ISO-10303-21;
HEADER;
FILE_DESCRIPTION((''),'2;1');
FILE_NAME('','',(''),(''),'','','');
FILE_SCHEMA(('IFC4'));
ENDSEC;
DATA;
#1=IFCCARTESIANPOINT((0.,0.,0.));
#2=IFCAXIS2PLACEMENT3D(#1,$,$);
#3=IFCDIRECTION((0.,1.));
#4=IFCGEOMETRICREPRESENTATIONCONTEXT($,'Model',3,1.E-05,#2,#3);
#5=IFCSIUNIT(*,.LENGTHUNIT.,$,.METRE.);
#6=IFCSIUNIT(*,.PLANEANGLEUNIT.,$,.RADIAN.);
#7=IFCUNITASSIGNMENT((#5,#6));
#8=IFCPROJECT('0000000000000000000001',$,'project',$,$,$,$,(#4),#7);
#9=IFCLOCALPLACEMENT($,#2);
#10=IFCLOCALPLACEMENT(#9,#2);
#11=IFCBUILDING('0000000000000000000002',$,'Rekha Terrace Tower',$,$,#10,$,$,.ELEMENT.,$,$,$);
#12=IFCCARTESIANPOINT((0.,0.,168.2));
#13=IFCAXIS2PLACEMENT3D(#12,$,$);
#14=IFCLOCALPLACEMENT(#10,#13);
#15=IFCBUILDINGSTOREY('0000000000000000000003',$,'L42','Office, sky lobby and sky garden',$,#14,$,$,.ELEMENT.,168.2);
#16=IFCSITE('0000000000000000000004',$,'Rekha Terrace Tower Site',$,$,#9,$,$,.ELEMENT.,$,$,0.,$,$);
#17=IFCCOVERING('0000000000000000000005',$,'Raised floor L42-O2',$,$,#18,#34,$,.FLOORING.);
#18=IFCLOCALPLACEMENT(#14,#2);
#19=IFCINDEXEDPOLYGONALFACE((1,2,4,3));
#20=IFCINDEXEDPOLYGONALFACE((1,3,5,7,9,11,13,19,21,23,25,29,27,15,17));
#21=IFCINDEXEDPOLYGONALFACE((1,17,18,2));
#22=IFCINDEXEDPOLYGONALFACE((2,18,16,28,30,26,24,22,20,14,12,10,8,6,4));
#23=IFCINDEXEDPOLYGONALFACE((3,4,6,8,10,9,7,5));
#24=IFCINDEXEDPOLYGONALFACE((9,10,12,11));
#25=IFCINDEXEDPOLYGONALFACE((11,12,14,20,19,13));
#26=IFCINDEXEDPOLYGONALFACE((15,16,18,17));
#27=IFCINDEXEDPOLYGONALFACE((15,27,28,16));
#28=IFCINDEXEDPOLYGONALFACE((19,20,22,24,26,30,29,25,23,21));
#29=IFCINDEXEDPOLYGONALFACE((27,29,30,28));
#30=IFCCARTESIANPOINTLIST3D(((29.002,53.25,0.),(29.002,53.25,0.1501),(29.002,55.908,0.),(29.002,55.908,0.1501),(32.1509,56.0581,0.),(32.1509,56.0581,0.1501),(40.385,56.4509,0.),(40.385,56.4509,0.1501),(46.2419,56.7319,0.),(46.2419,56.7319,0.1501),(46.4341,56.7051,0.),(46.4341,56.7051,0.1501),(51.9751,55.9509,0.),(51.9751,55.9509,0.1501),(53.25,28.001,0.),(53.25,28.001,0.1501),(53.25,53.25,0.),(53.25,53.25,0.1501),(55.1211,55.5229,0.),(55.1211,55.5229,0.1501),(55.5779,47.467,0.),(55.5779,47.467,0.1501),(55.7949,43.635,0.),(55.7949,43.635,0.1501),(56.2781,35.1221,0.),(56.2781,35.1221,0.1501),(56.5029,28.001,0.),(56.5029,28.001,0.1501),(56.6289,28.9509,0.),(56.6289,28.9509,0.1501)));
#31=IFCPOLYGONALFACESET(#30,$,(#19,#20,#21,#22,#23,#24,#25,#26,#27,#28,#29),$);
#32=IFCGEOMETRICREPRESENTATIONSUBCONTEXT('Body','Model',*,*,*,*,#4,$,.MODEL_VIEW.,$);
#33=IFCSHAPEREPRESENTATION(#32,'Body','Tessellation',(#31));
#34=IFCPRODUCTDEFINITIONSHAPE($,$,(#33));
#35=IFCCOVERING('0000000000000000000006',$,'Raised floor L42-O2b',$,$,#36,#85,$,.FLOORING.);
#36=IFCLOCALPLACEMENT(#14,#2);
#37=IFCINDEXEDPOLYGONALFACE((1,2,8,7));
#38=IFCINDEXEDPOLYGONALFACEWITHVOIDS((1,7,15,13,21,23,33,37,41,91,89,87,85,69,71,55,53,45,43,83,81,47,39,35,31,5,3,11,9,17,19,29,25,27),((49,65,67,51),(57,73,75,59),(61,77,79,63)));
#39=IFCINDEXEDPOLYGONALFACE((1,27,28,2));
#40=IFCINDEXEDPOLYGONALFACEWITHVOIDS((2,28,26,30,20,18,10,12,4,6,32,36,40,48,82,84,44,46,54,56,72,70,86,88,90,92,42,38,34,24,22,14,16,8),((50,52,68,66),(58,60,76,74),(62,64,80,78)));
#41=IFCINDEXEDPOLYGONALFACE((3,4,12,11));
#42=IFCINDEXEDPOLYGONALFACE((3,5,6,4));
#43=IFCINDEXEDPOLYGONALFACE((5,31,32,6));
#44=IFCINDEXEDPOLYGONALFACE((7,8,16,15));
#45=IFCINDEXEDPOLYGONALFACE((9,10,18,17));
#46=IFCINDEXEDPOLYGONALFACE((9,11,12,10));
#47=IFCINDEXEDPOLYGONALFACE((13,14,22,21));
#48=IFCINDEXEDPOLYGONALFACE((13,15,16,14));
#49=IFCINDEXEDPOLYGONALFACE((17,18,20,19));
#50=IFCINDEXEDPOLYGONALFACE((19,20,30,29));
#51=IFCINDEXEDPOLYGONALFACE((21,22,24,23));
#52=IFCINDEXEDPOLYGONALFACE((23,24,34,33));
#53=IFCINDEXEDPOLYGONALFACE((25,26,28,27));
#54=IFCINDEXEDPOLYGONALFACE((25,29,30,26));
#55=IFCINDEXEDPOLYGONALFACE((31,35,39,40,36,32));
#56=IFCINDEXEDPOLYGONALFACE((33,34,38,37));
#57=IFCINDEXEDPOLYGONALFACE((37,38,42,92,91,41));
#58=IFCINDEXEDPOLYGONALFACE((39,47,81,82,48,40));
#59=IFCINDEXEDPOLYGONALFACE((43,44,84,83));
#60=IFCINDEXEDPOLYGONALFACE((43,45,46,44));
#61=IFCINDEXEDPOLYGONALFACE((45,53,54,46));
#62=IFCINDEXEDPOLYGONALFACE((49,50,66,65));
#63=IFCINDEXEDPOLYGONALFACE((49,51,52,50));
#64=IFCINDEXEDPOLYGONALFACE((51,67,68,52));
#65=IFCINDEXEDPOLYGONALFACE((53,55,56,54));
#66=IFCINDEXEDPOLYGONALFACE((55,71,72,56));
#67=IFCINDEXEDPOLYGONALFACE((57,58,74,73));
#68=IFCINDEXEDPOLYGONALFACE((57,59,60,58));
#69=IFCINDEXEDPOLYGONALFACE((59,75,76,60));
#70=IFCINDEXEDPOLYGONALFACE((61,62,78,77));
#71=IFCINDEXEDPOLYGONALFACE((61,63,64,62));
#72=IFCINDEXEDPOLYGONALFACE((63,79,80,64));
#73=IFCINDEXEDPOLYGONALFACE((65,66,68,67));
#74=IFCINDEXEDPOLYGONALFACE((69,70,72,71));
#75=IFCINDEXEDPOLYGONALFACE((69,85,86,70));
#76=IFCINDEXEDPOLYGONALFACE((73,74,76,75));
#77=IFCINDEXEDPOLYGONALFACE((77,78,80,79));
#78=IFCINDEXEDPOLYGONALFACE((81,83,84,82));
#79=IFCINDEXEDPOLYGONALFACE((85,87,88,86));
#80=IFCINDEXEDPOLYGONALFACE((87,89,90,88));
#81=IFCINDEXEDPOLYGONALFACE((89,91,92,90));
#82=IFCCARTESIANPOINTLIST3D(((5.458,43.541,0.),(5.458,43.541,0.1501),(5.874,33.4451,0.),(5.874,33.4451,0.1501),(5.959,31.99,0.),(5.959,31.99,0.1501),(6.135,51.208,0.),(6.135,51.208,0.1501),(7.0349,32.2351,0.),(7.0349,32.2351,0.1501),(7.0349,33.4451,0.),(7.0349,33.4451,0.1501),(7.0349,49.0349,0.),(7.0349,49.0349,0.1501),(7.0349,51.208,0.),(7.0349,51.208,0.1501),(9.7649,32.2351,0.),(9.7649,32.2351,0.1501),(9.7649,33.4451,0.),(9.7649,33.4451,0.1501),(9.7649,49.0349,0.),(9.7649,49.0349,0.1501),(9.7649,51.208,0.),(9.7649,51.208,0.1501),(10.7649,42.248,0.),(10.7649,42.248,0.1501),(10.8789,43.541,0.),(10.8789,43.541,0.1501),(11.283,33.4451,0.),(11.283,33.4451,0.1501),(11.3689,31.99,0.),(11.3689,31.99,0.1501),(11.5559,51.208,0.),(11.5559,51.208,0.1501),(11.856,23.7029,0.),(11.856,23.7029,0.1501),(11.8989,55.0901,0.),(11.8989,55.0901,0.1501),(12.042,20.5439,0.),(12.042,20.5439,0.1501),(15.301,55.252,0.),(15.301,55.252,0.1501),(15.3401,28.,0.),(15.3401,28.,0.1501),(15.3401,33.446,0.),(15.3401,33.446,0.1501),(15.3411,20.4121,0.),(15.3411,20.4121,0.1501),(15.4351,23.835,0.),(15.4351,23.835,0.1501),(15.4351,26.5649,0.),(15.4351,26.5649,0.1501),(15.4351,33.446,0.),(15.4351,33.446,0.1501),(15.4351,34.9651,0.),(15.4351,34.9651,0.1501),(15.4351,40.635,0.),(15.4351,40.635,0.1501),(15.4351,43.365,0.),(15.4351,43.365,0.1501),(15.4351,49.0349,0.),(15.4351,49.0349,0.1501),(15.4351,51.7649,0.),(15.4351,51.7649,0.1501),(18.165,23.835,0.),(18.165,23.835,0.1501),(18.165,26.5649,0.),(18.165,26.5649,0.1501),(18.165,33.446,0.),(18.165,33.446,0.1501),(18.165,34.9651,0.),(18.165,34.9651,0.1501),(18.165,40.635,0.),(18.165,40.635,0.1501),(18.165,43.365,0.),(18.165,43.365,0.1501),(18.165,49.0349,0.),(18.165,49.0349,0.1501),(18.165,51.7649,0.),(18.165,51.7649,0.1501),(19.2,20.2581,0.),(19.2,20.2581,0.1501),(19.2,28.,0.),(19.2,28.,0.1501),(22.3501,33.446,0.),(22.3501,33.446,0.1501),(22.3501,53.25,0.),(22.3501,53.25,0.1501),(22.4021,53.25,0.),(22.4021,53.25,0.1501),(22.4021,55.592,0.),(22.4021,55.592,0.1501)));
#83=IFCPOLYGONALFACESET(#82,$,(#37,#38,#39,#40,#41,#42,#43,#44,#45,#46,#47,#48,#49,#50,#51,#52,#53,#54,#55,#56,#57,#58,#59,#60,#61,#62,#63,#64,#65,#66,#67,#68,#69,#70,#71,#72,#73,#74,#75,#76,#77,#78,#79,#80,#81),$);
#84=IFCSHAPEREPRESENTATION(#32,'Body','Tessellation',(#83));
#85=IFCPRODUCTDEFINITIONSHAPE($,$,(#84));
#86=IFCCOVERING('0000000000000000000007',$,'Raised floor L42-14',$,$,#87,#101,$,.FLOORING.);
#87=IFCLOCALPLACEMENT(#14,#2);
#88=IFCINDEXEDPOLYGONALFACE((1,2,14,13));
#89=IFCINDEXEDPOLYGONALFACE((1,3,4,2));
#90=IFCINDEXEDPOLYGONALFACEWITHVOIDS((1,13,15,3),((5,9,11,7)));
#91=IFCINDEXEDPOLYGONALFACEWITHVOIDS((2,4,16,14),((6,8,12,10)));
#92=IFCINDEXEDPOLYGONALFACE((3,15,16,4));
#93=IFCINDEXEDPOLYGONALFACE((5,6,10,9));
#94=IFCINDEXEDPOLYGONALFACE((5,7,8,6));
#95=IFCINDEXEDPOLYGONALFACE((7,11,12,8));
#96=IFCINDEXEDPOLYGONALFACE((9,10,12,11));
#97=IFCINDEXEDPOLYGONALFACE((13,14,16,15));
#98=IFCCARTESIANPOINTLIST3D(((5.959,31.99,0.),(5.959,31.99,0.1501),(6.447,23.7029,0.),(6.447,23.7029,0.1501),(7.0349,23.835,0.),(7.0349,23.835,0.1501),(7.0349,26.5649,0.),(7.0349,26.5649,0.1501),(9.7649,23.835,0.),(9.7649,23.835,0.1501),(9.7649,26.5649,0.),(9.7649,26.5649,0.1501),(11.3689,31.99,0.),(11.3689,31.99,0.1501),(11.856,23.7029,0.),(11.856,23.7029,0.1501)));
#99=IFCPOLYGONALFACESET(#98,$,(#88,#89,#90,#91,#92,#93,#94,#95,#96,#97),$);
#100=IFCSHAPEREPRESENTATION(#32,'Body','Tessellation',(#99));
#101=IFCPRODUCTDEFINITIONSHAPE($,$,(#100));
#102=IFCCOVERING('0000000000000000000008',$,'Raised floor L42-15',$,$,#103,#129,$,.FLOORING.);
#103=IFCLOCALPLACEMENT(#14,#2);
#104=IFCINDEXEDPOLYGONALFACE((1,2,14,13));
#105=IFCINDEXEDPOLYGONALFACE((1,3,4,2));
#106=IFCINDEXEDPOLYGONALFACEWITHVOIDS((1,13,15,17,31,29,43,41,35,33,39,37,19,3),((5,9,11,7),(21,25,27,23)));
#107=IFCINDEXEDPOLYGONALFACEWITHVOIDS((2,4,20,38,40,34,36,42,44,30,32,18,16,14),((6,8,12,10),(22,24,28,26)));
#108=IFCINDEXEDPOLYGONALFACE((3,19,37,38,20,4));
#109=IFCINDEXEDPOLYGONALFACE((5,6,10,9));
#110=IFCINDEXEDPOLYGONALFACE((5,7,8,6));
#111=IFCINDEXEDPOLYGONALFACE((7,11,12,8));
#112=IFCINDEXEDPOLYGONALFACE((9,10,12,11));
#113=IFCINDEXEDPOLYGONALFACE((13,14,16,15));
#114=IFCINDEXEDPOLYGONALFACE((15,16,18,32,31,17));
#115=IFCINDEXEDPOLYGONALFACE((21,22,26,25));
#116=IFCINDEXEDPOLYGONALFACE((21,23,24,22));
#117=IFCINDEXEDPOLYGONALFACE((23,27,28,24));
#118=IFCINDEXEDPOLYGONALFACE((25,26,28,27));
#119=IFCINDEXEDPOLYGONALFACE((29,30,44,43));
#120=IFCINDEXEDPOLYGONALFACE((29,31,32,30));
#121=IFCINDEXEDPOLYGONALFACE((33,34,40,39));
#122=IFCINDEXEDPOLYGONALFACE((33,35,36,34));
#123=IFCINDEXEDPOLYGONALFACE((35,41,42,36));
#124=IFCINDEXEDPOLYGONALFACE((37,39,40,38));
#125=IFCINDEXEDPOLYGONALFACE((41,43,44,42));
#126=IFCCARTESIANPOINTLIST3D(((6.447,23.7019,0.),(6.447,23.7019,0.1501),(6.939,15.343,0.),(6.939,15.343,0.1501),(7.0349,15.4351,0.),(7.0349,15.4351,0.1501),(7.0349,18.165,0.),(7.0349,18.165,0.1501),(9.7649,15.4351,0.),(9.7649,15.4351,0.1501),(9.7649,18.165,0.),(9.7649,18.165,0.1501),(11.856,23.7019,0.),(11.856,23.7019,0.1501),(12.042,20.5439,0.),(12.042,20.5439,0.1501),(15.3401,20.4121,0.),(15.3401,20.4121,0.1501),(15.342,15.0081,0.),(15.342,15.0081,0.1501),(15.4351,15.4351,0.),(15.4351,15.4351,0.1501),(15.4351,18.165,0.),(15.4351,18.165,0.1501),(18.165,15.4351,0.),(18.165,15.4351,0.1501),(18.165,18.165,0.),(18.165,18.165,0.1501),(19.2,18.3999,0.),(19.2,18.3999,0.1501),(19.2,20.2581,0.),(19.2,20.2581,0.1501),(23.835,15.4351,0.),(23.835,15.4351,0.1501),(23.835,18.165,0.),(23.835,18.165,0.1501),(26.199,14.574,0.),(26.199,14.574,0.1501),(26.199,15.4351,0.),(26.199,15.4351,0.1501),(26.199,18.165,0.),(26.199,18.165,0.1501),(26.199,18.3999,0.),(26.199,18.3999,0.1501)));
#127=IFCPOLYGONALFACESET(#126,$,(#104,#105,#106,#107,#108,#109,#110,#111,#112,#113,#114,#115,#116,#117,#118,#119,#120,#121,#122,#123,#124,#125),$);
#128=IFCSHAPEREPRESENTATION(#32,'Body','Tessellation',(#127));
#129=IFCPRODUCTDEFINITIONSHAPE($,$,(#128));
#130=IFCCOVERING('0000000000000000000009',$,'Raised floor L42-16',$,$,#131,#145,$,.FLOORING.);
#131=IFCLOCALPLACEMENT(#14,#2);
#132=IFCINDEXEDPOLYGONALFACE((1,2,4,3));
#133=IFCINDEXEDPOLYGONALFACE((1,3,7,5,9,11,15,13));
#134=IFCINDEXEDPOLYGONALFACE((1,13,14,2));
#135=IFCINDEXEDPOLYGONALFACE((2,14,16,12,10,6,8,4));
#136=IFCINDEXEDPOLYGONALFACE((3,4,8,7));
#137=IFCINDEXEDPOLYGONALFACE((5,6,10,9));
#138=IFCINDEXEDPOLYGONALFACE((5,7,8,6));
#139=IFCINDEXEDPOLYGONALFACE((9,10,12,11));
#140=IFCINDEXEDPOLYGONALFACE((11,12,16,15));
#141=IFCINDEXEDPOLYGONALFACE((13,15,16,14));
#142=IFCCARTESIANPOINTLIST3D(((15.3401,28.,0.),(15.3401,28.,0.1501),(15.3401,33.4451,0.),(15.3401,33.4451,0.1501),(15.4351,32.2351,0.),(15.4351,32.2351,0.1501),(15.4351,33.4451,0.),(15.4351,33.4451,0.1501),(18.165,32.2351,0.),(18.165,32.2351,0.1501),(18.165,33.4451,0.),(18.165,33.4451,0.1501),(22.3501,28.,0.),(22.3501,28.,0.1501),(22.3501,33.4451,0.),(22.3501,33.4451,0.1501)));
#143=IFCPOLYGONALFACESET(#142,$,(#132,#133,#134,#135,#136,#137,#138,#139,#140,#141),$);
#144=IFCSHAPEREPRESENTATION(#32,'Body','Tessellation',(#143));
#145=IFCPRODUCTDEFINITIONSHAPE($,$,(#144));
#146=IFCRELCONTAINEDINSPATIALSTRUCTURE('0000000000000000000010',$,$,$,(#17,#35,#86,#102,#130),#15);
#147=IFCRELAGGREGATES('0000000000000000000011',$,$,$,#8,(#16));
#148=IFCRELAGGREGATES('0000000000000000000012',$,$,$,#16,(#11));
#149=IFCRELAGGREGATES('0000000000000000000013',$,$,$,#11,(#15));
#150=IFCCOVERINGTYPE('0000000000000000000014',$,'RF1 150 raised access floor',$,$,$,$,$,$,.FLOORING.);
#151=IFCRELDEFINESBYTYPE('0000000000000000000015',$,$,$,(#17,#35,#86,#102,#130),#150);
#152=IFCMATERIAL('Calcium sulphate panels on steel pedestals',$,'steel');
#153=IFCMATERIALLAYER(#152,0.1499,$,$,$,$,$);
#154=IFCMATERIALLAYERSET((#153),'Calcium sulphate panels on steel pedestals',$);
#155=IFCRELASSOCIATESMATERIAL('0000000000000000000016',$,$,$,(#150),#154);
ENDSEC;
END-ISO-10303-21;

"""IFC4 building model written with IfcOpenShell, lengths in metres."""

from ifc_helpers import new_model, si_unit, direction, frame, origin, place, context, subcontext, project, spatial, polyline, outline, extrude, material, layer, layer_set, type_object, element, save


model = new_model("IFC4")

# Units and contexts
model_context = context("Model", 3, precision=1e-05, world=origin(), true_north=direction((0.0, 1.0)))
body_context = subcontext(model_context, "Body", "Model", "MODEL_VIEW")
ifc_project = project(units=[si_unit("LENGTHUNIT", "METRE"), si_unit("PLANEANGLEUNIT", "RADIAN")], contexts=[model_context])

# Site, building, storey
site_placement = place(None, origin())
site = spatial("IfcSite", under=ifc_project, at=site_placement, Name="Rekha Terrace Tower Site", CompositionType="ELEMENT", RefElevation=0.0)
building_placement = place(site_placement, origin())
building = spatial("IfcBuilding", under=site, at=building_placement, Name="Rekha Terrace Tower", CompositionType="ELEMENT")
storey_placement = place(building_placement, frame((0.0, 0.0, 168.2)))
storey = spatial("IfcBuildingStorey", under=building, at=storey_placement, Name="L42", Description="Office, sky lobby and sky garden", CompositionType="ELEMENT", Elevation=168.2)

# Coverings
ifc_material_1 = material(Name="Calcium sulphate panels on steel pedestals", Category="steel")
ifc_layer_1 = layer(ifc_material_1, 0.1499)
ifc_layer_set_1 = layer_set([ifc_layer_1], Name="Calcium sulphate panels on steel pedestals")
covering_type_1 = type_object("IfcCoveringType", Name="RF1 150 raised access floor", PredefinedType="FLOORING", material=ifc_layer_set_1)
covering_1_placement = place(storey_placement, origin())
element("IfcCovering", 1, at=covering_1_placement, inside=storey, type_object=covering_type_1, Name="Raised floor L42-O2", PredefinedType="FLOORING", context=body_context, shape_type="SweptSolid", body=[
    extrude(outline(polyline([(40.385, 56.4509), (32.1509, 56.0581), (29.002, 55.908), (29.002, 53.25), (53.25, 53.25), (53.25, 28.001), (56.5029, 28.001), (56.6289, 28.9509), (56.2781, 35.1221), (55.7949, 43.635), (55.5779, 47.467), (55.1211, 55.5229), (51.9751, 55.9509), (46.4341, 56.7051), (46.2419, 56.7319), (40.385, 56.4509)])), origin(), (0.0, 0.0, 1.0), 0.1501),
])
covering_2_placement = place(storey_placement, origin())
element("IfcCovering", 2, at=covering_2_placement, inside=storey, type_object=covering_type_1, Name="Raised floor L42-O2b", PredefinedType="FLOORING", context=body_context, shape_type="SweptSolid", body=[
    extrude(outline(polyline([(11.3689, 31.99), (11.856, 23.7029), (12.042, 20.5439), (15.3411, 20.4121), (19.2, 20.2581), (19.2, 28.0), (15.3401, 28.0), (15.3401, 33.446), (15.4351, 33.446), (15.4351, 34.9651), (18.165, 34.9651), (18.165, 33.446), (22.3501, 33.446), (22.3501, 53.25), (22.4021, 53.25), (22.4021, 55.592), (15.301, 55.252), (11.8989, 55.0901), (11.5559, 51.208), (9.7649, 51.208), (9.7649, 49.0349), (7.0349, 49.0349), (7.0349, 51.208), (6.135, 51.208), (5.458, 43.541), (10.8789, 43.541), (10.7649, 42.248), (11.283, 33.4451), (9.7649, 33.4451), (9.7649, 32.2351), (7.0349, 32.2351), (7.0349, 33.4451), (5.874, 33.4451), (5.959, 31.99), (11.3689, 31.99)]), holes=[polyline([(18.165, 23.835), (15.4351, 23.835), (15.4351, 26.5649), (18.165, 26.5649), (18.165, 23.835)]), polyline([(18.165, 43.365), (18.165, 40.635), (15.4351, 40.635), (15.4351, 43.365), (18.165, 43.365)]), polyline([(18.165, 51.7649), (18.165, 49.0349), (15.4351, 49.0349), (15.4351, 51.7649), (18.165, 51.7649)])]), origin(), (0.0, 0.0, 1.0), 0.1501),
])
covering_3_placement = place(storey_placement, origin())
element("IfcCovering", 3, at=covering_3_placement, inside=storey, type_object=covering_type_1, Name="Raised floor L42-14", PredefinedType="FLOORING", context=body_context, shape_type="SweptSolid", body=[
    extrude(outline(polyline([(6.447, 23.7029), (11.856, 23.7029), (11.3689, 31.99), (5.959, 31.99), (6.447, 23.7029)]), holes=[polyline([(9.7649, 23.835), (7.0349, 23.835), (7.0349, 26.5649), (9.7649, 26.5649), (9.7649, 23.835)])]), origin(), (0.0, 0.0, 1.0), 0.1501),
])
covering_4_placement = place(storey_placement, origin())
element("IfcCovering", 4, at=covering_4_placement, inside=storey, type_object=covering_type_1, Name="Raised floor L42-15", PredefinedType="FLOORING", context=body_context, shape_type="SweptSolid", body=[
    extrude(outline(polyline([(12.042, 20.5439), (11.856, 23.7019), (6.447, 23.7019), (6.939, 15.343), (15.342, 15.0081), (26.199, 14.574), (26.199, 15.4351), (23.835, 15.4351), (23.835, 18.165), (26.199, 18.165), (26.199, 18.3999), (19.2, 18.3999), (19.2, 20.2581), (15.3401, 20.4121), (12.042, 20.5439)]), holes=[polyline([(18.165, 18.165), (18.165, 15.4351), (15.4351, 15.4351), (15.4351, 18.165), (18.165, 18.165)]), polyline([(9.7649, 18.165), (9.7649, 15.4351), (7.0349, 15.4351), (7.0349, 18.165), (9.7649, 18.165)])]), origin(), (0.0, 0.0, 1.0), 0.1501),
])
covering_5_placement = place(storey_placement, origin())
element("IfcCovering", 5, at=covering_5_placement, inside=storey, type_object=covering_type_1, Name="Raised floor L42-16", PredefinedType="FLOORING", context=body_context, shape_type="SweptSolid", body=[
    extrude(outline(polyline([(15.3401, 33.4451), (15.3401, 28.0), (22.3501, 28.0), (22.3501, 33.4451), (18.165, 33.4451), (18.165, 32.2351), (15.4351, 32.2351), (15.4351, 33.4451), (15.3401, 33.4451)])), origin(), (0.0, 0.0, 1.0), 0.1501),
])

save(model, "model.ifc")
